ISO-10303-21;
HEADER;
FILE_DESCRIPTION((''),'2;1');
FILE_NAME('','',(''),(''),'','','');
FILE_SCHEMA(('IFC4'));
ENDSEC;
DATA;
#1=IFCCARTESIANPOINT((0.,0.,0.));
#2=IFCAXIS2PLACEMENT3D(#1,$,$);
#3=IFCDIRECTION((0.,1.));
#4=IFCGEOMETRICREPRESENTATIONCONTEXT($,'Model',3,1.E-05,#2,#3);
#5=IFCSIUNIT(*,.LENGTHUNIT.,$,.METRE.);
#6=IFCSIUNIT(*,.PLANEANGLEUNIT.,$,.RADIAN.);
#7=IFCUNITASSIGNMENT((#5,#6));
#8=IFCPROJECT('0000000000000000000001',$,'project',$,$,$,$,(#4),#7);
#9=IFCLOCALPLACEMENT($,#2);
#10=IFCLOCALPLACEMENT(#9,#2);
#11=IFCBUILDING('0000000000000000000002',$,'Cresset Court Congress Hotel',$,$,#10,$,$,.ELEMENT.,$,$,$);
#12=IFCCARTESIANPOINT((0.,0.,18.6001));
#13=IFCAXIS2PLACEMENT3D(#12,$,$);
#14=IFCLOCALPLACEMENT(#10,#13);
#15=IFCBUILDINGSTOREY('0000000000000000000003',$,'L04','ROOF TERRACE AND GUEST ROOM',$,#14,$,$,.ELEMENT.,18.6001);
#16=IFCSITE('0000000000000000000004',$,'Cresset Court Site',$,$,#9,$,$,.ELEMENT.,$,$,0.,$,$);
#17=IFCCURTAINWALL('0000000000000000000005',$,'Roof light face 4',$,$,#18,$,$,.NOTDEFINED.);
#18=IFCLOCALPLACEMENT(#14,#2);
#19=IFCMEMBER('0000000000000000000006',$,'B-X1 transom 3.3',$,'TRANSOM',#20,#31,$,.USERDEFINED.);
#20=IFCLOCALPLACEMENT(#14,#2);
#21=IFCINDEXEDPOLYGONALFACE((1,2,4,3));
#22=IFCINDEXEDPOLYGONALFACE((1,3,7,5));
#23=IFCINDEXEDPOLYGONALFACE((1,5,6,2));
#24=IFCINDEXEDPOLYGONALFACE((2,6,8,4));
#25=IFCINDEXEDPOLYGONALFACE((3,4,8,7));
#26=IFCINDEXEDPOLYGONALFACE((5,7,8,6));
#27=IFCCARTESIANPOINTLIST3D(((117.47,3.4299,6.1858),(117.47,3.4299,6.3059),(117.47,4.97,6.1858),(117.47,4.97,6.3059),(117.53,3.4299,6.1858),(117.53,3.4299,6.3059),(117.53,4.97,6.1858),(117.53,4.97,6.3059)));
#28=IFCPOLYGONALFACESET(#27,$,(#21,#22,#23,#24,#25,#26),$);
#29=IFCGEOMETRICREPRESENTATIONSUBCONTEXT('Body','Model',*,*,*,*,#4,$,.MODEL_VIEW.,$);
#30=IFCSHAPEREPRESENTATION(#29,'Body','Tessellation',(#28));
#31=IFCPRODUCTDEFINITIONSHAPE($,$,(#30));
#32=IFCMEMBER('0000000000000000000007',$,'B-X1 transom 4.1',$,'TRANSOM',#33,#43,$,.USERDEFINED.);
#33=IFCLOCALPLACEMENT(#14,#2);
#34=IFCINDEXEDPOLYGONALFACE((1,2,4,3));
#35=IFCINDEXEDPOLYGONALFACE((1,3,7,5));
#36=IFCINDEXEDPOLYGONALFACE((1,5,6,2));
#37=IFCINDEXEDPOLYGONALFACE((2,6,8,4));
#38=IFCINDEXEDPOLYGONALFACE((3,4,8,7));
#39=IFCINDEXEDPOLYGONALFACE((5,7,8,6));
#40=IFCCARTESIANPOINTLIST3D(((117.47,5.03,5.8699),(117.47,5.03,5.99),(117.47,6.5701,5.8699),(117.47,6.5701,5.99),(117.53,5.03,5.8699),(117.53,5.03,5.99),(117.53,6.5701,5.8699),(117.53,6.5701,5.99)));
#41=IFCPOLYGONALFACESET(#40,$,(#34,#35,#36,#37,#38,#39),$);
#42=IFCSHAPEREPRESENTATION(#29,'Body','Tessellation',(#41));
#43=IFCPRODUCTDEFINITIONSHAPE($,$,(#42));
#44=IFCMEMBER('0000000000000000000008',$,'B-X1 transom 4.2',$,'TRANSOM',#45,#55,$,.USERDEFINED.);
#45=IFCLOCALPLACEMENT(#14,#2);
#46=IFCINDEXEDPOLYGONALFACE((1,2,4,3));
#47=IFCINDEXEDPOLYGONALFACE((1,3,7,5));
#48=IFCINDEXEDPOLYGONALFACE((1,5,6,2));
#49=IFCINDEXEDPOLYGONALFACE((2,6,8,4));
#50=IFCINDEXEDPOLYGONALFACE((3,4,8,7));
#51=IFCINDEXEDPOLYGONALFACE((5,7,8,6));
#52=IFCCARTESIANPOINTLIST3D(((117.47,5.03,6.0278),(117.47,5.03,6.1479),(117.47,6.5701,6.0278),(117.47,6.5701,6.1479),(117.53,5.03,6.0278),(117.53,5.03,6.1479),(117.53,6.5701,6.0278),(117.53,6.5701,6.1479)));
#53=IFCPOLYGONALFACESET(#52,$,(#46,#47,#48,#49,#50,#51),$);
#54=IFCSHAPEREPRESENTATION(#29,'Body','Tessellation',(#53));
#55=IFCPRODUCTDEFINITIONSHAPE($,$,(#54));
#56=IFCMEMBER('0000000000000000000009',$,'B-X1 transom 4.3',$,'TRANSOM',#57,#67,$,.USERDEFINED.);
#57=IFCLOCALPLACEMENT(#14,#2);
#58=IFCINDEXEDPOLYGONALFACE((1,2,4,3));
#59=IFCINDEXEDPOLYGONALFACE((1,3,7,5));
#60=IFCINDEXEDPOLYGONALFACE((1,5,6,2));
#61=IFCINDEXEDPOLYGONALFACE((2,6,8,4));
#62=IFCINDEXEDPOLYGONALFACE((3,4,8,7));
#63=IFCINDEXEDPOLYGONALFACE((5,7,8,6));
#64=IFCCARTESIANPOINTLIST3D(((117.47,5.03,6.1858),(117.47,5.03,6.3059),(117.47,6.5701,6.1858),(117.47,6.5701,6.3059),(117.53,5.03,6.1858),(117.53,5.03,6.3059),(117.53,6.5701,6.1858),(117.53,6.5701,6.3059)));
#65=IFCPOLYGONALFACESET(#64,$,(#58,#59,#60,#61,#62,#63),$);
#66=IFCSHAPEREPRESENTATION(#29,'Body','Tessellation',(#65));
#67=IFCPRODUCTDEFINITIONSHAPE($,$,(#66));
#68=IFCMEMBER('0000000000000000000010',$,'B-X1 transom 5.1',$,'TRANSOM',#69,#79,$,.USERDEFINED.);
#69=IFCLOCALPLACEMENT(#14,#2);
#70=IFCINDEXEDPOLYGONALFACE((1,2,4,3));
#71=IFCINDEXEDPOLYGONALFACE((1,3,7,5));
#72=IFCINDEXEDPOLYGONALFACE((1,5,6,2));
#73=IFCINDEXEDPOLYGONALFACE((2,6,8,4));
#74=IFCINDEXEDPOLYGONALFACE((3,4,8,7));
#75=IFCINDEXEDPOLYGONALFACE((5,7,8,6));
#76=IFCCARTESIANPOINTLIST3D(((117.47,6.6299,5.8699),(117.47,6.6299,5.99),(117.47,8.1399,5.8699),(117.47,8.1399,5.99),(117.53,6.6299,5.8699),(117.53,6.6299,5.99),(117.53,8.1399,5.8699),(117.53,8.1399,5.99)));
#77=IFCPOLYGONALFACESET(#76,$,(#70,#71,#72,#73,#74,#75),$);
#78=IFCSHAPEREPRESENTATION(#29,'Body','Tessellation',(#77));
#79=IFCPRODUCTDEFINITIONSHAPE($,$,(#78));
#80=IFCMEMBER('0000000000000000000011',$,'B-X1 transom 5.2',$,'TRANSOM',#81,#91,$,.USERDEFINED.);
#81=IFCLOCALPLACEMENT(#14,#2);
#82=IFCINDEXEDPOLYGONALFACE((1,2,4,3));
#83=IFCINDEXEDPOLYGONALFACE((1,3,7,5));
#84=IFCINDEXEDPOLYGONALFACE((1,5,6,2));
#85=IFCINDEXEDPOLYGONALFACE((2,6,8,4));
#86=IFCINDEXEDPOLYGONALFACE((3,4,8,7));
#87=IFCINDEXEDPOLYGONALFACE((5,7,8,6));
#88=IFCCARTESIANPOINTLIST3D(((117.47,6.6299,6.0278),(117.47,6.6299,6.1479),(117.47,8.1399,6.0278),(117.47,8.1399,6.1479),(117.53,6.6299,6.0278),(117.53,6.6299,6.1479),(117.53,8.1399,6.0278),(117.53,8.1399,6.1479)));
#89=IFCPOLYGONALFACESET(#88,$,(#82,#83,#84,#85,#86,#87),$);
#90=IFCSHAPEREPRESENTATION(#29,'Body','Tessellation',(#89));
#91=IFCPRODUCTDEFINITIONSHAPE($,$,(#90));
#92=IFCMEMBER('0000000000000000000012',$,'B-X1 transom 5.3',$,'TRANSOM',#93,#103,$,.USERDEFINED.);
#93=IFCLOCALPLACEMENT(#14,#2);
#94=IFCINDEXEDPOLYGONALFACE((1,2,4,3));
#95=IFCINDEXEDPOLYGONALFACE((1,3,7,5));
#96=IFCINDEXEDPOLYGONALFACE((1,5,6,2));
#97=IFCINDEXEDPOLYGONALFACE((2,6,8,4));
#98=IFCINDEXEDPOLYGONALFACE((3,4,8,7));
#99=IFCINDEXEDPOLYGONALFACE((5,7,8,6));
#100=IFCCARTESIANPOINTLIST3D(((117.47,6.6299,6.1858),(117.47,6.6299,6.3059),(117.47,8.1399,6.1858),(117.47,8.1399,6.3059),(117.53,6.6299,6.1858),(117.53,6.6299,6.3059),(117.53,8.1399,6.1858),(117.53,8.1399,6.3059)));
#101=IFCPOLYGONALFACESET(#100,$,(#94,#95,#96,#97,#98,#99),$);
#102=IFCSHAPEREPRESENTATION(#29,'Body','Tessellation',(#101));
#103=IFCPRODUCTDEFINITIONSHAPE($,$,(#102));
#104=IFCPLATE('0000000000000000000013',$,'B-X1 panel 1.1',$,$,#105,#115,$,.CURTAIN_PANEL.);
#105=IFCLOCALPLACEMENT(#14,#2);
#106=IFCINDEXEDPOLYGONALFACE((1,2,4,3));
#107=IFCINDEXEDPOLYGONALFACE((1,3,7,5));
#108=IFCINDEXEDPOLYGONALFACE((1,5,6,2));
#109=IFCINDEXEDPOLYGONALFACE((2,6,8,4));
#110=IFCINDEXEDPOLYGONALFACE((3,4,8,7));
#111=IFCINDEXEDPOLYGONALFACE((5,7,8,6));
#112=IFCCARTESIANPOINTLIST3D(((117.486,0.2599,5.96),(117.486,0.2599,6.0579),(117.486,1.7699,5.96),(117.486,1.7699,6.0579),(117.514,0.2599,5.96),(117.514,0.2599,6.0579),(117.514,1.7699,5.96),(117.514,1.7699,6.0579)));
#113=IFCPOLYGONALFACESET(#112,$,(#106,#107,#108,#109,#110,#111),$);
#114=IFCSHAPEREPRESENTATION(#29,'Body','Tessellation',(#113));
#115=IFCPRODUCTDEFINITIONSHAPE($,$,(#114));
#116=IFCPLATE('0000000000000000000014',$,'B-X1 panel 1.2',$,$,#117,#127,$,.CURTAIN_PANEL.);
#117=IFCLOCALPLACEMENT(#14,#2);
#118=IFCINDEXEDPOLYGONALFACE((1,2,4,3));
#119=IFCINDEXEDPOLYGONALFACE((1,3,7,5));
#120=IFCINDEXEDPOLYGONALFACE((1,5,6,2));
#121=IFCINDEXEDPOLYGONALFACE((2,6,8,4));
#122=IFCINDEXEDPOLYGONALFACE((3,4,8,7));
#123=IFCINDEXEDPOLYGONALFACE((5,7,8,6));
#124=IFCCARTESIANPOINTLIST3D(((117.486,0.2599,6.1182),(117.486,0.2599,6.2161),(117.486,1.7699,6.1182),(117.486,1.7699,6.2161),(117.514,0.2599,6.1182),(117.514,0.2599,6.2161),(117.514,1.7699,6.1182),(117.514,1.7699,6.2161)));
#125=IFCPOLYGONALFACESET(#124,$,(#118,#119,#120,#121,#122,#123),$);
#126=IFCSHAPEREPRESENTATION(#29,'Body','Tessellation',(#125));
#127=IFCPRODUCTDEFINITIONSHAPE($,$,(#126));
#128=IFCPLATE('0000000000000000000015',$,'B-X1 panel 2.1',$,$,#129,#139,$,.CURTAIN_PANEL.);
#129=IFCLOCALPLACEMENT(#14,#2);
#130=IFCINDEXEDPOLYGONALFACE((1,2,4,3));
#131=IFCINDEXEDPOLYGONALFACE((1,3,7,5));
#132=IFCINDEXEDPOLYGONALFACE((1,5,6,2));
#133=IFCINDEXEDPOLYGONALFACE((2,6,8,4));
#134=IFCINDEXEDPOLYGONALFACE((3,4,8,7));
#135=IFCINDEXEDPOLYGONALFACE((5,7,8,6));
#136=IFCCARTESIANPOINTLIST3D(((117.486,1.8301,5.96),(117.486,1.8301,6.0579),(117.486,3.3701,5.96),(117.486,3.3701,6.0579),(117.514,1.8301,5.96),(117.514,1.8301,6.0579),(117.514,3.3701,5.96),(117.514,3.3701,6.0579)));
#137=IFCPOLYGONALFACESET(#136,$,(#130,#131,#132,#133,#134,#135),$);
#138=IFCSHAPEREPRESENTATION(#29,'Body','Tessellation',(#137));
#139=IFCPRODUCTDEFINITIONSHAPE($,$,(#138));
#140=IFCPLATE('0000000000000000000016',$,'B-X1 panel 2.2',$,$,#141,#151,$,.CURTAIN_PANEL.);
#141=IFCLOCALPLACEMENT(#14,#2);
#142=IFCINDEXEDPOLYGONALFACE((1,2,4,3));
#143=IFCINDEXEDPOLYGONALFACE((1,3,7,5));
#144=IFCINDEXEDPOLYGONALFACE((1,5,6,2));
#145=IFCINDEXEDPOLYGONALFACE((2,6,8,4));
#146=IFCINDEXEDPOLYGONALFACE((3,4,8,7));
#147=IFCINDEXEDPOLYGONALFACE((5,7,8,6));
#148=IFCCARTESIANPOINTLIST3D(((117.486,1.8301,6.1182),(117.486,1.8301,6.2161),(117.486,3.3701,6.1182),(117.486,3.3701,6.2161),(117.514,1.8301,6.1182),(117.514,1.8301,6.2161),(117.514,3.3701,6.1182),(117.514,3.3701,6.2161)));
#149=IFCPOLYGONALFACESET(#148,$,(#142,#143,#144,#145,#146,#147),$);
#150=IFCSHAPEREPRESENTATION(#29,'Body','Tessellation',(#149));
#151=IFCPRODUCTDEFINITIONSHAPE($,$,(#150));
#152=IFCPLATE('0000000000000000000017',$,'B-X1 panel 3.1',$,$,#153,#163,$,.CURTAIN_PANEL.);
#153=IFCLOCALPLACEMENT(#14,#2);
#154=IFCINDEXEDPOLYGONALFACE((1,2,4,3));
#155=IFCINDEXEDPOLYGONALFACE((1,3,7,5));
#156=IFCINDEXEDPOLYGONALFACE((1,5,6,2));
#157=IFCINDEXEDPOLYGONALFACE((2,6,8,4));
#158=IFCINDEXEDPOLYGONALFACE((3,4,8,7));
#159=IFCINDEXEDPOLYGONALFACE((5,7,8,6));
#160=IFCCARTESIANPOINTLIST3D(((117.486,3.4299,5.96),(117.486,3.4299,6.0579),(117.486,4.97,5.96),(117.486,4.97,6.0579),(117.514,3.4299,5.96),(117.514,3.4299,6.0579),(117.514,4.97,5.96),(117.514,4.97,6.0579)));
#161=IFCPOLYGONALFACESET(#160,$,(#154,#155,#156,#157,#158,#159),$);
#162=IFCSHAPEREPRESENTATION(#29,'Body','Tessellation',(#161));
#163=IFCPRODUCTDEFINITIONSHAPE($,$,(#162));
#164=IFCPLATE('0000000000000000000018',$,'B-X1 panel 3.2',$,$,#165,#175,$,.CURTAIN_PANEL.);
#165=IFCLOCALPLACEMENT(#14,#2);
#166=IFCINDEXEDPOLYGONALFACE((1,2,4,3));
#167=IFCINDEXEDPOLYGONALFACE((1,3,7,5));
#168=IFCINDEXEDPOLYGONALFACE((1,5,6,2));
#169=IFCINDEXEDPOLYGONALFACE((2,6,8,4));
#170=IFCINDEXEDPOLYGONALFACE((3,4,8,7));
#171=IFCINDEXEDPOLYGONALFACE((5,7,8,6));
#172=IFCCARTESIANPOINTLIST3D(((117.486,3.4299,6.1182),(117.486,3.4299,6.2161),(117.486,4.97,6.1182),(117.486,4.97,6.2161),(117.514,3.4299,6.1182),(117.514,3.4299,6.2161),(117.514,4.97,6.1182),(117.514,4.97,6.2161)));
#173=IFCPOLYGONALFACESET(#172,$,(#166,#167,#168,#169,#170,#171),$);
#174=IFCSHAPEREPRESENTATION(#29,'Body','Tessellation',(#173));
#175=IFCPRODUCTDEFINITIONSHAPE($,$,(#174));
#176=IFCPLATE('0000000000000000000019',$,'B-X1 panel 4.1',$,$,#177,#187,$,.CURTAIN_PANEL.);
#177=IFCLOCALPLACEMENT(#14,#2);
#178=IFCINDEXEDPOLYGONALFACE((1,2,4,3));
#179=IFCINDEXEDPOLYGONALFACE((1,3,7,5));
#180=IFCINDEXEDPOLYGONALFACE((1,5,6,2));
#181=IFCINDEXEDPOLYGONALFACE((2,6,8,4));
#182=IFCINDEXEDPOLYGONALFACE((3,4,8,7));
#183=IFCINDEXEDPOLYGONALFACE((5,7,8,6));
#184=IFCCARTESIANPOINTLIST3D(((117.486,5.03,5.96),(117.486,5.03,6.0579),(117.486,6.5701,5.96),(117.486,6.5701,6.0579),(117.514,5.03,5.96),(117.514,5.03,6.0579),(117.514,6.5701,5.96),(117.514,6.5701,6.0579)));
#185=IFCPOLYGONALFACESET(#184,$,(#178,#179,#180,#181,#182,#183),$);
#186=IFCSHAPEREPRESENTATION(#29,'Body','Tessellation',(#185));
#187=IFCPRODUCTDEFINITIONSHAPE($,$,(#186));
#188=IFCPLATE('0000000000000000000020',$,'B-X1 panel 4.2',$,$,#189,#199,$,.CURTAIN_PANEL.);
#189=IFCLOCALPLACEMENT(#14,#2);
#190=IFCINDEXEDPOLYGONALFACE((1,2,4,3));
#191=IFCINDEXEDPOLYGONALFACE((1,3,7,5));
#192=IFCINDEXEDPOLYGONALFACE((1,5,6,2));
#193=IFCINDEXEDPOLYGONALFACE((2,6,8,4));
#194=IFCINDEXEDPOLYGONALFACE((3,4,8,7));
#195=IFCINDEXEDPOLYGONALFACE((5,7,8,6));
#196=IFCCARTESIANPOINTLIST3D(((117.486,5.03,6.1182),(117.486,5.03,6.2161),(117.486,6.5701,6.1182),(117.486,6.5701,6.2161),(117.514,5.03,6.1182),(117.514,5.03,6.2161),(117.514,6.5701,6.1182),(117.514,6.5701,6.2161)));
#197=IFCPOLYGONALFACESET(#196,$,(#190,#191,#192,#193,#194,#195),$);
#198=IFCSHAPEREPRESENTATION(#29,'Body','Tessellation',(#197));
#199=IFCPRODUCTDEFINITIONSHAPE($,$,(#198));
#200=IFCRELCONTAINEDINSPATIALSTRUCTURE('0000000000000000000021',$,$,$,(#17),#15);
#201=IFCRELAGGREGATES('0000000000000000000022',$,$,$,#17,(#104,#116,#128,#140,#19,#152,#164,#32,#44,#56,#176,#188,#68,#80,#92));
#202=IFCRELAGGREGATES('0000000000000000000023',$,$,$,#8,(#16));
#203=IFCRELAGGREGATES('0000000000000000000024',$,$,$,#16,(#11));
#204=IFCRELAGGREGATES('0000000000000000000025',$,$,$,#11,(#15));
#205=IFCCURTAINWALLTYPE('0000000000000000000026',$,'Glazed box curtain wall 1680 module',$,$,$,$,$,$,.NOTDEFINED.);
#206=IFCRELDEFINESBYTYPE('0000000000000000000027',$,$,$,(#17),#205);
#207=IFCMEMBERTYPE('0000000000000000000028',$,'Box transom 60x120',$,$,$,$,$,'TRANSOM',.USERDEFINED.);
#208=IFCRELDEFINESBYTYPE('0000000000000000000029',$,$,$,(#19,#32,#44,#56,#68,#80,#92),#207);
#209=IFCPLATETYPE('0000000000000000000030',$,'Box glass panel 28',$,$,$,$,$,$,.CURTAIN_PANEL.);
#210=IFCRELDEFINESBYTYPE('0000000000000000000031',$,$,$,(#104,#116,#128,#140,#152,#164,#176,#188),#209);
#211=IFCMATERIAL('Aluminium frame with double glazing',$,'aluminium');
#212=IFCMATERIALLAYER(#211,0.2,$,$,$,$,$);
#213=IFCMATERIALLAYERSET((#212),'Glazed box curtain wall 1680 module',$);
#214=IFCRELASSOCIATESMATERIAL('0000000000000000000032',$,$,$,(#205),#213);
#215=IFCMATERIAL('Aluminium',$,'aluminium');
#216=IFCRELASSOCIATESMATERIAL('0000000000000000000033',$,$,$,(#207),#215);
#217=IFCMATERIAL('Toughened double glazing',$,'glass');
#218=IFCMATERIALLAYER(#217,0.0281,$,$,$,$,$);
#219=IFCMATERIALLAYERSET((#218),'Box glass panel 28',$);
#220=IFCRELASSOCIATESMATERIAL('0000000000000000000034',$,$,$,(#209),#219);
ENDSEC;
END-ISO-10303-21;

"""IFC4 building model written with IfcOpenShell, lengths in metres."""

from ifc_helpers import new_model, si_unit, direction, frame, origin, origin_2d, place, context, subcontext, project, spatial, rectangle, extrude, material, layer, layer_set, material_profile, profile_set, type_object, element, aggregate, save


model = new_model("IFC4")

# Units and contexts
model_context = context("Model", 3, precision=1e-05, world=origin(), true_north=direction((0.0, 1.0)))
body_context = subcontext(model_context, "Body", "Model", "MODEL_VIEW")
ifc_project = project(units=[si_unit("LENGTHUNIT", "METRE"), si_unit("PLANEANGLEUNIT", "RADIAN")], contexts=[model_context])

# Site, building, storey
site_placement = place(None, origin())
site = spatial("IfcSite", under=ifc_project, at=site_placement, Name="Cresset Court Site", CompositionType="ELEMENT", RefElevation=0.0)
building_placement = place(site_placement, origin())
building = spatial("IfcBuilding", under=site, at=building_placement, Name="Cresset Court Congress Hotel", CompositionType="ELEMENT")
storey_placement = place(building_placement, frame((0.0, 0.0, 18.6001)))
storey = spatial("IfcBuildingStorey", under=building, at=storey_placement, Name="L04", Description="ROOF TERRACE AND GUEST ROOM", CompositionType="ELEMENT", Elevation=18.6001)

# Curtain wall, members, plates
ifc_material_1 = material(Name="Aluminium frame with double glazing", Category="aluminium")
ifc_layer_1 = layer(ifc_material_1, 0.2)
ifc_layer_set_1 = layer_set([ifc_layer_1], Name="Glazed box curtain wall 1680 module")
curtain_wall_type = type_object("IfcCurtainWallType", Name="Glazed box curtain wall 1680 module", PredefinedType="NOTDEFINED", material=ifc_layer_set_1)
curtain_wall_placement = place(storey_placement, origin())
curtain_wall = element("IfcCurtainWall", 1, at=curtain_wall_placement, inside=storey, type_object=curtain_wall_type, Name="Roof light face 4", PredefinedType="NOTDEFINED")
ifc_material_2 = material(Name="Aluminium", Category="aluminium")
ifc_material_profile_1 = material_profile(ifc_material_2, rectangle(XDim=0.0601, YDim=0.1201, at=origin_2d()), Name="Box transom 60x120")
ifc_profile_set_1 = profile_set([ifc_material_profile_1], Name="Aluminium")
member_type_1 = type_object("IfcMemberType", Name="Box transom 60x120", ElementType="TRANSOM", PredefinedType="USERDEFINED", material=ifc_profile_set_1)
member_1_placement = place(storey_placement, frame((117.5, 3.4299, 6.2458), z_axis=(0.0, 1.0, 0.0), x_axis=(-1.0, 0.0, 0.0)))
member_1 = element("IfcMember", 2, at=member_1_placement, type_object=member_type_1, Name="B-X1 transom 3.3", ObjectType="TRANSOM", PredefinedType="USERDEFINED", context=body_context, shape_type="SweptSolid", body=[
    extrude(rectangle(XDim=0.0601, YDim=0.1201, at=origin_2d()), origin(), (0.0, 0.0, 1.0), 1.54),
])
member_2_placement = place(storey_placement, frame((117.5, 5.03, 5.9299), z_axis=(0.0, 1.0, 0.0), x_axis=(-1.0, 0.0, 0.0)))
member_2 = element("IfcMember", 3, at=member_2_placement, type_object=member_type_1, Name="B-X1 transom 4.1", ObjectType="TRANSOM", PredefinedType="USERDEFINED", context=body_context, shape_type="SweptSolid", body=[
    extrude(rectangle(XDim=0.0601, YDim=0.1201, at=origin_2d()), origin(), (0.0, 0.0, 1.0), 1.54),
])
member_3_placement = place(storey_placement, frame((117.5, 5.03, 6.0879), z_axis=(0.0, 1.0, 0.0), x_axis=(-1.0, 0.0, 0.0)))
member_3 = element("IfcMember", 4, at=member_3_placement, type_object=member_type_1, Name="B-X1 transom 4.2", ObjectType="TRANSOM", PredefinedType="USERDEFINED", context=body_context, shape_type="SweptSolid", body=[
    extrude(rectangle(XDim=0.0601, YDim=0.1201, at=origin_2d()), origin(), (0.0, 0.0, 1.0), 1.54),
])
member_4_placement = place(storey_placement, frame((117.5, 5.03, 6.2458), z_axis=(0.0, 1.0, 0.0), x_axis=(-1.0, 0.0, 0.0)))
member_4 = element("IfcMember", 5, at=member_4_placement, type_object=member_type_1, Name="B-X1 transom 4.3", ObjectType="TRANSOM", PredefinedType="USERDEFINED", context=body_context, shape_type="SweptSolid", body=[
    extrude(rectangle(XDim=0.0601, YDim=0.1201, at=origin_2d()), origin(), (0.0, 0.0, 1.0), 1.54),
])
member_5_placement = place(storey_placement, frame((117.5, 6.6299, 5.9299), z_axis=(0.0, 1.0, 0.0), x_axis=(-1.0, 0.0, 0.0)))
member_5 = element("IfcMember", 6, at=member_5_placement, type_object=member_type_1, Name="B-X1 transom 5.1", ObjectType="TRANSOM", PredefinedType="USERDEFINED", context=body_context, shape_type="SweptSolid", body=[
    extrude(rectangle(XDim=0.0601, YDim=0.1201, at=origin_2d()), origin(), (0.0, 0.0, 1.0), 1.51),
])
member_6_placement = place(storey_placement, frame((117.5, 6.6299, 6.0879), z_axis=(0.0, 1.0, 0.0), x_axis=(-1.0, 0.0, 0.0)))
member_6 = element("IfcMember", 7, at=member_6_placement, type_object=member_type_1, Name="B-X1 transom 5.2", ObjectType="TRANSOM", PredefinedType="USERDEFINED", context=body_context, shape_type="SweptSolid", body=[
    extrude(rectangle(XDim=0.0601, YDim=0.1201, at=origin_2d()), origin(), (0.0, 0.0, 1.0), 1.51),
])
member_7_placement = place(storey_placement, frame((117.5, 6.6299, 6.2458), z_axis=(0.0, 1.0, 0.0), x_axis=(-1.0, 0.0, 0.0)))
member_7 = element("IfcMember", 8, at=member_7_placement, type_object=member_type_1, Name="B-X1 transom 5.3", ObjectType="TRANSOM", PredefinedType="USERDEFINED", context=body_context, shape_type="SweptSolid", body=[
    extrude(rectangle(XDim=0.0601, YDim=0.1201, at=origin_2d()), origin(), (0.0, 0.0, 1.0), 1.51),
])
ifc_material_3 = material(Name="Toughened double glazing", Category="glass")
ifc_layer_2 = layer(ifc_material_3, 0.0281)
ifc_layer_set_2 = layer_set([ifc_layer_2], Name="Box glass panel 28")
plate_type_1 = type_object("IfcPlateType", Name="Box glass panel 28", PredefinedType="CURTAIN_PANEL", material=ifc_layer_set_2)
plate_1_placement = place(storey_placement, frame((117.5, 1.0149, 5.96), z_axis=(0.0, 0.0, 1.0), x_axis=(0.0, 1.0, 0.0)))
plate_1 = element("IfcPlate", 9, at=plate_1_placement, type_object=plate_type_1, Name="B-X1 panel 1.1", PredefinedType="CURTAIN_PANEL", context=body_context, shape_type="SweptSolid", body=[
    extrude(rectangle(XDim=1.51, YDim=0.0281, at=origin_2d()), origin(), (0.0, 0.0, 1.0), 0.0979),
])
plate_2_placement = place(storey_placement, frame((117.5, 1.0149, 6.1182), z_axis=(0.0, 0.0, 1.0), x_axis=(0.0, 1.0, 0.0)))
plate_2 = element("IfcPlate", 10, at=plate_2_placement, type_object=plate_type_1, Name="B-X1 panel 1.2", PredefinedType="CURTAIN_PANEL", context=body_context, shape_type="SweptSolid", body=[
    extrude(rectangle(XDim=1.51, YDim=0.0281, at=origin_2d()), origin(), (0.0, 0.0, 1.0), 0.0979),
])
plate_3_placement = place(storey_placement, frame((117.5, 2.6001, 5.96), z_axis=(0.0, 0.0, 1.0), x_axis=(0.0, 1.0, 0.0)))
plate_3 = element("IfcPlate", 11, at=plate_3_placement, type_object=plate_type_1, Name="B-X1 panel 2.1", PredefinedType="CURTAIN_PANEL", context=body_context, shape_type="SweptSolid", body=[
    extrude(rectangle(XDim=1.54, YDim=0.0281, at=origin_2d()), origin(), (0.0, 0.0, 1.0), 0.0979),
])
plate_4_placement = place(storey_placement, frame((117.5, 2.6001, 6.1182), z_axis=(0.0, 0.0, 1.0), x_axis=(0.0, 1.0, 0.0)))
plate_4 = element("IfcPlate", 12, at=plate_4_placement, type_object=plate_type_1, Name="B-X1 panel 2.2", PredefinedType="CURTAIN_PANEL", context=body_context, shape_type="SweptSolid", body=[
    extrude(rectangle(XDim=1.54, YDim=0.0281, at=origin_2d()), origin(), (0.0, 0.0, 1.0), 0.0979),
])
plate_5_placement = place(storey_placement, frame((117.5, 4.2, 5.96), z_axis=(0.0, 0.0, 1.0), x_axis=(0.0, 1.0, 0.0)))
plate_5 = element("IfcPlate", 13, at=plate_5_placement, type_object=plate_type_1, Name="B-X1 panel 3.1", PredefinedType="CURTAIN_PANEL", context=body_context, shape_type="SweptSolid", body=[
    extrude(rectangle(XDim=1.54, YDim=0.0281, at=origin_2d()), origin(), (0.0, 0.0, 1.0), 0.0979),
])
plate_6_placement = place(storey_placement, frame((117.5, 4.2, 6.1182), z_axis=(0.0, 0.0, 1.0), x_axis=(0.0, 1.0, 0.0)))
plate_6 = element("IfcPlate", 14, at=plate_6_placement, type_object=plate_type_1, Name="B-X1 panel 3.2", PredefinedType="CURTAIN_PANEL", context=body_context, shape_type="SweptSolid", body=[
    extrude(rectangle(XDim=1.54, YDim=0.0281, at=origin_2d()), origin(), (0.0, 0.0, 1.0), 0.0979),
])
plate_7_placement = place(storey_placement, frame((117.5, 5.8, 5.96), z_axis=(0.0, 0.0, 1.0), x_axis=(0.0, 1.0, 0.0)))
plate_7 = element("IfcPlate", 15, at=plate_7_placement, type_object=plate_type_1, Name="B-X1 panel 4.1", PredefinedType="CURTAIN_PANEL", context=body_context, shape_type="SweptSolid", body=[
    extrude(rectangle(XDim=1.54, YDim=0.0281, at=origin_2d()), origin(), (0.0, 0.0, 1.0), 0.0979),
])
plate_8_placement = place(storey_placement, frame((117.5, 5.8, 6.1182), z_axis=(0.0, 0.0, 1.0), x_axis=(0.0, 1.0, 0.0)))
plate_8 = element("IfcPlate", 16, at=plate_8_placement, type_object=plate_type_1, Name="B-X1 panel 4.2", PredefinedType="CURTAIN_PANEL", context=body_context, shape_type="SweptSolid", body=[
    extrude(rectangle(XDim=1.54, YDim=0.0281, at=origin_2d()), origin(), (0.0, 0.0, 1.0), 0.0979),
])
aggregate(curtain_wall, [plate_1, plate_2, plate_3, plate_4, member_1, plate_5, plate_6, member_2, member_3, member_4, plate_7, plate_8, member_5, member_6, member_7])

save(model, "model.ifc")
